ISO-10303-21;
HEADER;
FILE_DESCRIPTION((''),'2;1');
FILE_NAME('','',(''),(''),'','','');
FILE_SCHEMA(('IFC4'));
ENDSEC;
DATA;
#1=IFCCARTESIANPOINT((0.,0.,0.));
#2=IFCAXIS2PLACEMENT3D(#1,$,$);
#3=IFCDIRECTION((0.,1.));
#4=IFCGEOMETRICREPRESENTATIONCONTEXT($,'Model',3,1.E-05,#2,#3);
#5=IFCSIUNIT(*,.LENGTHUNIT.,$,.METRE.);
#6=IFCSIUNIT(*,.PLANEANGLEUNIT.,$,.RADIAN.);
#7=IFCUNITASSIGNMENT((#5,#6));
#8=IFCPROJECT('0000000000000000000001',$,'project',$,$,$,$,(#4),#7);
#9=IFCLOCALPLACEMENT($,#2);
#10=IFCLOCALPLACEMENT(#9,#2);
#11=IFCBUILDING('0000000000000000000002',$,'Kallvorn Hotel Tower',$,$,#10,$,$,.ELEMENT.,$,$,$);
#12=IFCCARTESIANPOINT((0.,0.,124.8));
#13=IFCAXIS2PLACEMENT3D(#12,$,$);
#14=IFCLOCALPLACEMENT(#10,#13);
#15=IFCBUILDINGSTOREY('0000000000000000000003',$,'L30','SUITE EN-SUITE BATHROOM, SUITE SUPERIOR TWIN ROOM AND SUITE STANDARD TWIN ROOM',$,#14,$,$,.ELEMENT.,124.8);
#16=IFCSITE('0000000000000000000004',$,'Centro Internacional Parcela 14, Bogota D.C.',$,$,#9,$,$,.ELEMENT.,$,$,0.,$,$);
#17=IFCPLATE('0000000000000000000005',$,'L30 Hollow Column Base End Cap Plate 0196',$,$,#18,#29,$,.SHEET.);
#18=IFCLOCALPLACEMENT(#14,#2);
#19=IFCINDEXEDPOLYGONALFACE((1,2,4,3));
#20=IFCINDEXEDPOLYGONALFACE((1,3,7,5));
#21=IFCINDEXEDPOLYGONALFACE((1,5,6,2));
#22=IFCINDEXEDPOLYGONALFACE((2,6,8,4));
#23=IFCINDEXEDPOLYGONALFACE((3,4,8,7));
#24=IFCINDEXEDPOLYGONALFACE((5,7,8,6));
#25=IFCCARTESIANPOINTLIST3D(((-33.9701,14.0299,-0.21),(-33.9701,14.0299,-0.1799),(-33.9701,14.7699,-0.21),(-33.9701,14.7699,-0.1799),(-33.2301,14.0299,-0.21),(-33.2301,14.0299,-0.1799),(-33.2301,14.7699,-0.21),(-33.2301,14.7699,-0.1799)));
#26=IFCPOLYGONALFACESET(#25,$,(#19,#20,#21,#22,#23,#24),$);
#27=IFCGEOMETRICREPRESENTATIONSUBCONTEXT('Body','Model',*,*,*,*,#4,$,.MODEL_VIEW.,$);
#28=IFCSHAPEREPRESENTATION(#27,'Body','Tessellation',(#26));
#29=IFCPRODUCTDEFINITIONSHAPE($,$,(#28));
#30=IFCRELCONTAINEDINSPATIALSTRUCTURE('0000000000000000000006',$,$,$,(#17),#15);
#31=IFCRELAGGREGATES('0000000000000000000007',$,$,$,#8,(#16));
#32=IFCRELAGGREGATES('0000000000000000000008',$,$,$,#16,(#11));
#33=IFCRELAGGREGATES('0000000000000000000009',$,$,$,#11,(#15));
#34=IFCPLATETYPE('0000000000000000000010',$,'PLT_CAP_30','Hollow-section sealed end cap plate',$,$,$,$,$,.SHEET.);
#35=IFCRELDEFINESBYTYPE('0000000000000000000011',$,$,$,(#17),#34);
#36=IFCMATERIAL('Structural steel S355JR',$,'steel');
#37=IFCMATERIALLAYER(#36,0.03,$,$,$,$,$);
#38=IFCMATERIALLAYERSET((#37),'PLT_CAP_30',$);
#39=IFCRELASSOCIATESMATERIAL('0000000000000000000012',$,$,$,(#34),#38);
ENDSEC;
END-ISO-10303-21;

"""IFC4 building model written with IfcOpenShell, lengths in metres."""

from ifc_helpers import new_model, si_unit, direction, frame, origin, origin_2d, place, context, subcontext, project, spatial, rectangle, extrude, material, layer, layer_set, type_object, element, save


model = new_model("IFC4")

# Units and contexts
model_context = context("Model", 3, precision=1e-05, world=origin(), true_north=direction((0.0, 1.0)))
body_context = subcontext(model_context, "Body", "Model", "MODEL_VIEW")
ifc_project = project(units=[si_unit("LENGTHUNIT", "METRE"), si_unit("PLANEANGLEUNIT", "RADIAN")], contexts=[model_context])

# Site, building, storey
site_placement = place(None, origin())
site = spatial("IfcSite", under=ifc_project, at=site_placement, Name="Centro Internacional Parcela 14, Bogota D.C.", CompositionType="ELEMENT", RefElevation=0.0)
building_placement = place(site_placement, origin())
building = spatial("IfcBuilding", under=site, at=building_placement, Name="Kallvorn Hotel Tower", CompositionType="ELEMENT")
storey_placement = place(building_placement, frame((0.0, 0.0, 124.8)))
storey = spatial("IfcBuildingStorey", under=building, at=storey_placement, Name="L30", Description="SUITE EN-SUITE BATHROOM, SUITE SUPERIOR TWIN ROOM AND SUITE STANDARD TWIN ROOM", CompositionType="ELEMENT", Elevation=124.8)

# Plate
ifc_material_1 = material(Name="Structural steel S355JR", Category="steel")
ifc_layer_1 = layer(ifc_material_1, 0.03)
ifc_layer_set_1 = layer_set([ifc_layer_1], Name="PLT_CAP_30")
plate_type_1 = type_object("IfcPlateType", Name="PLT_CAP_30", Description="Hollow-section sealed end cap plate", PredefinedType="SHEET", material=ifc_layer_set_1)
for number, where, z_axis, x_axis, name in (
    (1, (-33.6001, 14.3999, -0.21), (0.0, 0.0, 1.0), (1.0, 0.0, 0.0), "L30 Hollow Column Base End Cap Plate 0196"),
):
    element("IfcPlate", number, at=place(storey_placement, frame(where, z_axis=z_axis, x_axis=x_axis)), inside=storey, type_object=plate_type_1, Name=name, PredefinedType="SHEET", context=body_context, shape_type="SweptSolid", body=[
        extrude(rectangle(XDim=0.74, YDim=0.74, at=origin_2d()), origin(), (0.0, 0.0, 1.0), 0.03),
    ])

save(model, "model.ifc")
